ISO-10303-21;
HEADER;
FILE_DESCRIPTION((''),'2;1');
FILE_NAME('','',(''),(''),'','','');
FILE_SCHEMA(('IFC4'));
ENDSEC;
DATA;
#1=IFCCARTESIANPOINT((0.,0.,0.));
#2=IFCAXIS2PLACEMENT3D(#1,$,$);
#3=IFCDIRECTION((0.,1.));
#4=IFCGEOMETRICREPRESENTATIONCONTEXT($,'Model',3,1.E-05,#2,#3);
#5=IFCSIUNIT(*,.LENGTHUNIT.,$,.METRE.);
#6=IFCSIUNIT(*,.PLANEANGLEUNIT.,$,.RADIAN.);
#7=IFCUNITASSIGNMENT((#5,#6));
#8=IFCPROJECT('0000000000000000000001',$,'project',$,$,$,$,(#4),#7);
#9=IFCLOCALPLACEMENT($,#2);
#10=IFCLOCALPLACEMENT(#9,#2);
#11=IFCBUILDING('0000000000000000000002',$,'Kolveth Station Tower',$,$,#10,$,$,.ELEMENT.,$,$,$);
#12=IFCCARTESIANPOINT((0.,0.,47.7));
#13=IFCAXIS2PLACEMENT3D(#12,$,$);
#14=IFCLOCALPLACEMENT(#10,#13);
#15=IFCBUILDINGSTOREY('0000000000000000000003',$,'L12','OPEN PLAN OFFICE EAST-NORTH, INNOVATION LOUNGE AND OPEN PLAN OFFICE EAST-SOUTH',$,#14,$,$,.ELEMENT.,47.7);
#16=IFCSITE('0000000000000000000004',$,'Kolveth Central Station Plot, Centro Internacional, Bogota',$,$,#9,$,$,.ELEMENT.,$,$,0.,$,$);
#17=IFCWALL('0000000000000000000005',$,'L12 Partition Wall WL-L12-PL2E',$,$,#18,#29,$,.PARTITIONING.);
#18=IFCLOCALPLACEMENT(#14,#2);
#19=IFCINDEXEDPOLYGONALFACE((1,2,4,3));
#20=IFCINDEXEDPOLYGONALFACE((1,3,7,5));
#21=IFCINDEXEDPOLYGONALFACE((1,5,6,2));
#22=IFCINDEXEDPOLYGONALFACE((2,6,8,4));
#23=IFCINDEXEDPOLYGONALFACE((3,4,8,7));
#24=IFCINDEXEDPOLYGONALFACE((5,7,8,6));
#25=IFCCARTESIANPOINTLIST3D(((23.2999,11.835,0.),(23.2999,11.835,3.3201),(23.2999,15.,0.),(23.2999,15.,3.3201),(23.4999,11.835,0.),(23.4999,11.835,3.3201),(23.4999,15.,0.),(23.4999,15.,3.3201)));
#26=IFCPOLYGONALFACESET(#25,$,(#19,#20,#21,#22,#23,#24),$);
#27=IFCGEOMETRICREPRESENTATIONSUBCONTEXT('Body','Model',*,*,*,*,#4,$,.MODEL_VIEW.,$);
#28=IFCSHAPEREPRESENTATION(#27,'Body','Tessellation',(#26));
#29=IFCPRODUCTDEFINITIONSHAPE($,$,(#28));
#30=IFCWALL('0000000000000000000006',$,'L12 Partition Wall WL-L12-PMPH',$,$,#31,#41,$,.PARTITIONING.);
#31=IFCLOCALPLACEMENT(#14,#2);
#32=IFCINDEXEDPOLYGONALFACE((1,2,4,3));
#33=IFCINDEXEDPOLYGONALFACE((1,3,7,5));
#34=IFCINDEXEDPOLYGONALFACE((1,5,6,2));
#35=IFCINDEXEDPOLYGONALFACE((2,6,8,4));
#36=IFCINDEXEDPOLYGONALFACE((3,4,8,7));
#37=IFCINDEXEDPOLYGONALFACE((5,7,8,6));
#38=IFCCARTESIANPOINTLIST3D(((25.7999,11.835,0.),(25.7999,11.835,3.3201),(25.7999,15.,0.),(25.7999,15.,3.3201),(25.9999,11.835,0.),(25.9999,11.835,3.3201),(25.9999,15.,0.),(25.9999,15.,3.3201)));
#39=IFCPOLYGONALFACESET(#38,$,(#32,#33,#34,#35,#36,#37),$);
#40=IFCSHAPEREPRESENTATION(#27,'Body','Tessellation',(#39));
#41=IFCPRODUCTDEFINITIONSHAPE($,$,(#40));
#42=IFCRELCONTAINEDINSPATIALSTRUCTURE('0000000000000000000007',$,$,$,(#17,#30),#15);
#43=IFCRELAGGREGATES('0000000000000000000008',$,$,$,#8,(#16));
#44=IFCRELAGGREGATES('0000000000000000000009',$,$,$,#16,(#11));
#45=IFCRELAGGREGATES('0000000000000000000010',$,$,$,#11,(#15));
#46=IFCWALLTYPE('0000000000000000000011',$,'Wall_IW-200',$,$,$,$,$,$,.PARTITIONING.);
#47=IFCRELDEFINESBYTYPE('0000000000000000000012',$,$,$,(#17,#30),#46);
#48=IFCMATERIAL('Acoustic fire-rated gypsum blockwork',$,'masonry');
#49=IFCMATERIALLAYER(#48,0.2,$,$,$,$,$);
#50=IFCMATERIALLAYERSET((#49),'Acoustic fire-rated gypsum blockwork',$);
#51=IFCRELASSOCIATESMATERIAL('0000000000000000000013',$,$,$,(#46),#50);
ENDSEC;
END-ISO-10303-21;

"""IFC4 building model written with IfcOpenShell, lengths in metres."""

from ifc_helpers import new_model, si_unit, direction, frame, frame_2d, origin, place, context, subcontext, project, spatial, rectangle, extrude, material, layer, layer_set, type_object, element, save


model = new_model("IFC4")

# Units and contexts
model_context = context("Model", 3, precision=1e-05, world=origin(), true_north=direction((0.0, 1.0)))
body_context = subcontext(model_context, "Body", "Model", "MODEL_VIEW")
ifc_project = project(units=[si_unit("LENGTHUNIT", "METRE"), si_unit("PLANEANGLEUNIT", "RADIAN")], contexts=[model_context])

# Site, building, storey
site_placement = place(None, origin())
site = spatial("IfcSite", under=ifc_project, at=site_placement, Name="Kolveth Central Station Plot, Centro Internacional, Bogota", CompositionType="ELEMENT", RefElevation=0.0)
building_placement = place(site_placement, origin())
building = spatial("IfcBuilding", under=site, at=building_placement, Name="Kolveth Station Tower", CompositionType="ELEMENT")
storey_placement = place(building_placement, frame((0.0, 0.0, 47.7)))
storey = spatial("IfcBuildingStorey", under=building, at=storey_placement, Name="L12", Description="OPEN PLAN OFFICE EAST-NORTH, INNOVATION LOUNGE AND OPEN PLAN OFFICE EAST-SOUTH", CompositionType="ELEMENT", Elevation=47.7)

# Shared definitions
ifc_material_1 = material(Name="Acoustic fire-rated gypsum blockwork", Category="masonry")
ifc_layer_1 = layer(ifc_material_1, 0.2)
ifc_layer_set_1 = layer_set([ifc_layer_1], Name="Acoustic fire-rated gypsum blockwork")
wall_type_1 = type_object("IfcWallType", Name="Wall_IW-200", PredefinedType="PARTITIONING", material=ifc_layer_set_1)

# Walls
for number, where, z_axis, x_axis, name in (
    (1, (23.3999, 11.835, 0.0), (0.0, 0.0, 1.0), (0.0, 1.0, 0.0), "L12 Partition Wall WL-L12-PL2E"),
    (2, (25.8999, 11.835, 0.0), (0.0, 0.0, 1.0), (0.0, 1.0, 0.0), "L12 Partition Wall WL-L12-PMPH"),
):
    element("IfcWall", number, at=place(storey_placement, frame(where, z_axis=z_axis, x_axis=x_axis)), inside=storey, type_object=wall_type_1, Name=name, PredefinedType="PARTITIONING", context=body_context, shape_type="SweptSolid", body=[
        extrude(rectangle(XDim=3.165, YDim=0.2, at=frame_2d((1.5825, 0.0))), origin(), (0.0, 0.0, 1.0), 3.3201),
    ])

save(model, "model.ifc")
